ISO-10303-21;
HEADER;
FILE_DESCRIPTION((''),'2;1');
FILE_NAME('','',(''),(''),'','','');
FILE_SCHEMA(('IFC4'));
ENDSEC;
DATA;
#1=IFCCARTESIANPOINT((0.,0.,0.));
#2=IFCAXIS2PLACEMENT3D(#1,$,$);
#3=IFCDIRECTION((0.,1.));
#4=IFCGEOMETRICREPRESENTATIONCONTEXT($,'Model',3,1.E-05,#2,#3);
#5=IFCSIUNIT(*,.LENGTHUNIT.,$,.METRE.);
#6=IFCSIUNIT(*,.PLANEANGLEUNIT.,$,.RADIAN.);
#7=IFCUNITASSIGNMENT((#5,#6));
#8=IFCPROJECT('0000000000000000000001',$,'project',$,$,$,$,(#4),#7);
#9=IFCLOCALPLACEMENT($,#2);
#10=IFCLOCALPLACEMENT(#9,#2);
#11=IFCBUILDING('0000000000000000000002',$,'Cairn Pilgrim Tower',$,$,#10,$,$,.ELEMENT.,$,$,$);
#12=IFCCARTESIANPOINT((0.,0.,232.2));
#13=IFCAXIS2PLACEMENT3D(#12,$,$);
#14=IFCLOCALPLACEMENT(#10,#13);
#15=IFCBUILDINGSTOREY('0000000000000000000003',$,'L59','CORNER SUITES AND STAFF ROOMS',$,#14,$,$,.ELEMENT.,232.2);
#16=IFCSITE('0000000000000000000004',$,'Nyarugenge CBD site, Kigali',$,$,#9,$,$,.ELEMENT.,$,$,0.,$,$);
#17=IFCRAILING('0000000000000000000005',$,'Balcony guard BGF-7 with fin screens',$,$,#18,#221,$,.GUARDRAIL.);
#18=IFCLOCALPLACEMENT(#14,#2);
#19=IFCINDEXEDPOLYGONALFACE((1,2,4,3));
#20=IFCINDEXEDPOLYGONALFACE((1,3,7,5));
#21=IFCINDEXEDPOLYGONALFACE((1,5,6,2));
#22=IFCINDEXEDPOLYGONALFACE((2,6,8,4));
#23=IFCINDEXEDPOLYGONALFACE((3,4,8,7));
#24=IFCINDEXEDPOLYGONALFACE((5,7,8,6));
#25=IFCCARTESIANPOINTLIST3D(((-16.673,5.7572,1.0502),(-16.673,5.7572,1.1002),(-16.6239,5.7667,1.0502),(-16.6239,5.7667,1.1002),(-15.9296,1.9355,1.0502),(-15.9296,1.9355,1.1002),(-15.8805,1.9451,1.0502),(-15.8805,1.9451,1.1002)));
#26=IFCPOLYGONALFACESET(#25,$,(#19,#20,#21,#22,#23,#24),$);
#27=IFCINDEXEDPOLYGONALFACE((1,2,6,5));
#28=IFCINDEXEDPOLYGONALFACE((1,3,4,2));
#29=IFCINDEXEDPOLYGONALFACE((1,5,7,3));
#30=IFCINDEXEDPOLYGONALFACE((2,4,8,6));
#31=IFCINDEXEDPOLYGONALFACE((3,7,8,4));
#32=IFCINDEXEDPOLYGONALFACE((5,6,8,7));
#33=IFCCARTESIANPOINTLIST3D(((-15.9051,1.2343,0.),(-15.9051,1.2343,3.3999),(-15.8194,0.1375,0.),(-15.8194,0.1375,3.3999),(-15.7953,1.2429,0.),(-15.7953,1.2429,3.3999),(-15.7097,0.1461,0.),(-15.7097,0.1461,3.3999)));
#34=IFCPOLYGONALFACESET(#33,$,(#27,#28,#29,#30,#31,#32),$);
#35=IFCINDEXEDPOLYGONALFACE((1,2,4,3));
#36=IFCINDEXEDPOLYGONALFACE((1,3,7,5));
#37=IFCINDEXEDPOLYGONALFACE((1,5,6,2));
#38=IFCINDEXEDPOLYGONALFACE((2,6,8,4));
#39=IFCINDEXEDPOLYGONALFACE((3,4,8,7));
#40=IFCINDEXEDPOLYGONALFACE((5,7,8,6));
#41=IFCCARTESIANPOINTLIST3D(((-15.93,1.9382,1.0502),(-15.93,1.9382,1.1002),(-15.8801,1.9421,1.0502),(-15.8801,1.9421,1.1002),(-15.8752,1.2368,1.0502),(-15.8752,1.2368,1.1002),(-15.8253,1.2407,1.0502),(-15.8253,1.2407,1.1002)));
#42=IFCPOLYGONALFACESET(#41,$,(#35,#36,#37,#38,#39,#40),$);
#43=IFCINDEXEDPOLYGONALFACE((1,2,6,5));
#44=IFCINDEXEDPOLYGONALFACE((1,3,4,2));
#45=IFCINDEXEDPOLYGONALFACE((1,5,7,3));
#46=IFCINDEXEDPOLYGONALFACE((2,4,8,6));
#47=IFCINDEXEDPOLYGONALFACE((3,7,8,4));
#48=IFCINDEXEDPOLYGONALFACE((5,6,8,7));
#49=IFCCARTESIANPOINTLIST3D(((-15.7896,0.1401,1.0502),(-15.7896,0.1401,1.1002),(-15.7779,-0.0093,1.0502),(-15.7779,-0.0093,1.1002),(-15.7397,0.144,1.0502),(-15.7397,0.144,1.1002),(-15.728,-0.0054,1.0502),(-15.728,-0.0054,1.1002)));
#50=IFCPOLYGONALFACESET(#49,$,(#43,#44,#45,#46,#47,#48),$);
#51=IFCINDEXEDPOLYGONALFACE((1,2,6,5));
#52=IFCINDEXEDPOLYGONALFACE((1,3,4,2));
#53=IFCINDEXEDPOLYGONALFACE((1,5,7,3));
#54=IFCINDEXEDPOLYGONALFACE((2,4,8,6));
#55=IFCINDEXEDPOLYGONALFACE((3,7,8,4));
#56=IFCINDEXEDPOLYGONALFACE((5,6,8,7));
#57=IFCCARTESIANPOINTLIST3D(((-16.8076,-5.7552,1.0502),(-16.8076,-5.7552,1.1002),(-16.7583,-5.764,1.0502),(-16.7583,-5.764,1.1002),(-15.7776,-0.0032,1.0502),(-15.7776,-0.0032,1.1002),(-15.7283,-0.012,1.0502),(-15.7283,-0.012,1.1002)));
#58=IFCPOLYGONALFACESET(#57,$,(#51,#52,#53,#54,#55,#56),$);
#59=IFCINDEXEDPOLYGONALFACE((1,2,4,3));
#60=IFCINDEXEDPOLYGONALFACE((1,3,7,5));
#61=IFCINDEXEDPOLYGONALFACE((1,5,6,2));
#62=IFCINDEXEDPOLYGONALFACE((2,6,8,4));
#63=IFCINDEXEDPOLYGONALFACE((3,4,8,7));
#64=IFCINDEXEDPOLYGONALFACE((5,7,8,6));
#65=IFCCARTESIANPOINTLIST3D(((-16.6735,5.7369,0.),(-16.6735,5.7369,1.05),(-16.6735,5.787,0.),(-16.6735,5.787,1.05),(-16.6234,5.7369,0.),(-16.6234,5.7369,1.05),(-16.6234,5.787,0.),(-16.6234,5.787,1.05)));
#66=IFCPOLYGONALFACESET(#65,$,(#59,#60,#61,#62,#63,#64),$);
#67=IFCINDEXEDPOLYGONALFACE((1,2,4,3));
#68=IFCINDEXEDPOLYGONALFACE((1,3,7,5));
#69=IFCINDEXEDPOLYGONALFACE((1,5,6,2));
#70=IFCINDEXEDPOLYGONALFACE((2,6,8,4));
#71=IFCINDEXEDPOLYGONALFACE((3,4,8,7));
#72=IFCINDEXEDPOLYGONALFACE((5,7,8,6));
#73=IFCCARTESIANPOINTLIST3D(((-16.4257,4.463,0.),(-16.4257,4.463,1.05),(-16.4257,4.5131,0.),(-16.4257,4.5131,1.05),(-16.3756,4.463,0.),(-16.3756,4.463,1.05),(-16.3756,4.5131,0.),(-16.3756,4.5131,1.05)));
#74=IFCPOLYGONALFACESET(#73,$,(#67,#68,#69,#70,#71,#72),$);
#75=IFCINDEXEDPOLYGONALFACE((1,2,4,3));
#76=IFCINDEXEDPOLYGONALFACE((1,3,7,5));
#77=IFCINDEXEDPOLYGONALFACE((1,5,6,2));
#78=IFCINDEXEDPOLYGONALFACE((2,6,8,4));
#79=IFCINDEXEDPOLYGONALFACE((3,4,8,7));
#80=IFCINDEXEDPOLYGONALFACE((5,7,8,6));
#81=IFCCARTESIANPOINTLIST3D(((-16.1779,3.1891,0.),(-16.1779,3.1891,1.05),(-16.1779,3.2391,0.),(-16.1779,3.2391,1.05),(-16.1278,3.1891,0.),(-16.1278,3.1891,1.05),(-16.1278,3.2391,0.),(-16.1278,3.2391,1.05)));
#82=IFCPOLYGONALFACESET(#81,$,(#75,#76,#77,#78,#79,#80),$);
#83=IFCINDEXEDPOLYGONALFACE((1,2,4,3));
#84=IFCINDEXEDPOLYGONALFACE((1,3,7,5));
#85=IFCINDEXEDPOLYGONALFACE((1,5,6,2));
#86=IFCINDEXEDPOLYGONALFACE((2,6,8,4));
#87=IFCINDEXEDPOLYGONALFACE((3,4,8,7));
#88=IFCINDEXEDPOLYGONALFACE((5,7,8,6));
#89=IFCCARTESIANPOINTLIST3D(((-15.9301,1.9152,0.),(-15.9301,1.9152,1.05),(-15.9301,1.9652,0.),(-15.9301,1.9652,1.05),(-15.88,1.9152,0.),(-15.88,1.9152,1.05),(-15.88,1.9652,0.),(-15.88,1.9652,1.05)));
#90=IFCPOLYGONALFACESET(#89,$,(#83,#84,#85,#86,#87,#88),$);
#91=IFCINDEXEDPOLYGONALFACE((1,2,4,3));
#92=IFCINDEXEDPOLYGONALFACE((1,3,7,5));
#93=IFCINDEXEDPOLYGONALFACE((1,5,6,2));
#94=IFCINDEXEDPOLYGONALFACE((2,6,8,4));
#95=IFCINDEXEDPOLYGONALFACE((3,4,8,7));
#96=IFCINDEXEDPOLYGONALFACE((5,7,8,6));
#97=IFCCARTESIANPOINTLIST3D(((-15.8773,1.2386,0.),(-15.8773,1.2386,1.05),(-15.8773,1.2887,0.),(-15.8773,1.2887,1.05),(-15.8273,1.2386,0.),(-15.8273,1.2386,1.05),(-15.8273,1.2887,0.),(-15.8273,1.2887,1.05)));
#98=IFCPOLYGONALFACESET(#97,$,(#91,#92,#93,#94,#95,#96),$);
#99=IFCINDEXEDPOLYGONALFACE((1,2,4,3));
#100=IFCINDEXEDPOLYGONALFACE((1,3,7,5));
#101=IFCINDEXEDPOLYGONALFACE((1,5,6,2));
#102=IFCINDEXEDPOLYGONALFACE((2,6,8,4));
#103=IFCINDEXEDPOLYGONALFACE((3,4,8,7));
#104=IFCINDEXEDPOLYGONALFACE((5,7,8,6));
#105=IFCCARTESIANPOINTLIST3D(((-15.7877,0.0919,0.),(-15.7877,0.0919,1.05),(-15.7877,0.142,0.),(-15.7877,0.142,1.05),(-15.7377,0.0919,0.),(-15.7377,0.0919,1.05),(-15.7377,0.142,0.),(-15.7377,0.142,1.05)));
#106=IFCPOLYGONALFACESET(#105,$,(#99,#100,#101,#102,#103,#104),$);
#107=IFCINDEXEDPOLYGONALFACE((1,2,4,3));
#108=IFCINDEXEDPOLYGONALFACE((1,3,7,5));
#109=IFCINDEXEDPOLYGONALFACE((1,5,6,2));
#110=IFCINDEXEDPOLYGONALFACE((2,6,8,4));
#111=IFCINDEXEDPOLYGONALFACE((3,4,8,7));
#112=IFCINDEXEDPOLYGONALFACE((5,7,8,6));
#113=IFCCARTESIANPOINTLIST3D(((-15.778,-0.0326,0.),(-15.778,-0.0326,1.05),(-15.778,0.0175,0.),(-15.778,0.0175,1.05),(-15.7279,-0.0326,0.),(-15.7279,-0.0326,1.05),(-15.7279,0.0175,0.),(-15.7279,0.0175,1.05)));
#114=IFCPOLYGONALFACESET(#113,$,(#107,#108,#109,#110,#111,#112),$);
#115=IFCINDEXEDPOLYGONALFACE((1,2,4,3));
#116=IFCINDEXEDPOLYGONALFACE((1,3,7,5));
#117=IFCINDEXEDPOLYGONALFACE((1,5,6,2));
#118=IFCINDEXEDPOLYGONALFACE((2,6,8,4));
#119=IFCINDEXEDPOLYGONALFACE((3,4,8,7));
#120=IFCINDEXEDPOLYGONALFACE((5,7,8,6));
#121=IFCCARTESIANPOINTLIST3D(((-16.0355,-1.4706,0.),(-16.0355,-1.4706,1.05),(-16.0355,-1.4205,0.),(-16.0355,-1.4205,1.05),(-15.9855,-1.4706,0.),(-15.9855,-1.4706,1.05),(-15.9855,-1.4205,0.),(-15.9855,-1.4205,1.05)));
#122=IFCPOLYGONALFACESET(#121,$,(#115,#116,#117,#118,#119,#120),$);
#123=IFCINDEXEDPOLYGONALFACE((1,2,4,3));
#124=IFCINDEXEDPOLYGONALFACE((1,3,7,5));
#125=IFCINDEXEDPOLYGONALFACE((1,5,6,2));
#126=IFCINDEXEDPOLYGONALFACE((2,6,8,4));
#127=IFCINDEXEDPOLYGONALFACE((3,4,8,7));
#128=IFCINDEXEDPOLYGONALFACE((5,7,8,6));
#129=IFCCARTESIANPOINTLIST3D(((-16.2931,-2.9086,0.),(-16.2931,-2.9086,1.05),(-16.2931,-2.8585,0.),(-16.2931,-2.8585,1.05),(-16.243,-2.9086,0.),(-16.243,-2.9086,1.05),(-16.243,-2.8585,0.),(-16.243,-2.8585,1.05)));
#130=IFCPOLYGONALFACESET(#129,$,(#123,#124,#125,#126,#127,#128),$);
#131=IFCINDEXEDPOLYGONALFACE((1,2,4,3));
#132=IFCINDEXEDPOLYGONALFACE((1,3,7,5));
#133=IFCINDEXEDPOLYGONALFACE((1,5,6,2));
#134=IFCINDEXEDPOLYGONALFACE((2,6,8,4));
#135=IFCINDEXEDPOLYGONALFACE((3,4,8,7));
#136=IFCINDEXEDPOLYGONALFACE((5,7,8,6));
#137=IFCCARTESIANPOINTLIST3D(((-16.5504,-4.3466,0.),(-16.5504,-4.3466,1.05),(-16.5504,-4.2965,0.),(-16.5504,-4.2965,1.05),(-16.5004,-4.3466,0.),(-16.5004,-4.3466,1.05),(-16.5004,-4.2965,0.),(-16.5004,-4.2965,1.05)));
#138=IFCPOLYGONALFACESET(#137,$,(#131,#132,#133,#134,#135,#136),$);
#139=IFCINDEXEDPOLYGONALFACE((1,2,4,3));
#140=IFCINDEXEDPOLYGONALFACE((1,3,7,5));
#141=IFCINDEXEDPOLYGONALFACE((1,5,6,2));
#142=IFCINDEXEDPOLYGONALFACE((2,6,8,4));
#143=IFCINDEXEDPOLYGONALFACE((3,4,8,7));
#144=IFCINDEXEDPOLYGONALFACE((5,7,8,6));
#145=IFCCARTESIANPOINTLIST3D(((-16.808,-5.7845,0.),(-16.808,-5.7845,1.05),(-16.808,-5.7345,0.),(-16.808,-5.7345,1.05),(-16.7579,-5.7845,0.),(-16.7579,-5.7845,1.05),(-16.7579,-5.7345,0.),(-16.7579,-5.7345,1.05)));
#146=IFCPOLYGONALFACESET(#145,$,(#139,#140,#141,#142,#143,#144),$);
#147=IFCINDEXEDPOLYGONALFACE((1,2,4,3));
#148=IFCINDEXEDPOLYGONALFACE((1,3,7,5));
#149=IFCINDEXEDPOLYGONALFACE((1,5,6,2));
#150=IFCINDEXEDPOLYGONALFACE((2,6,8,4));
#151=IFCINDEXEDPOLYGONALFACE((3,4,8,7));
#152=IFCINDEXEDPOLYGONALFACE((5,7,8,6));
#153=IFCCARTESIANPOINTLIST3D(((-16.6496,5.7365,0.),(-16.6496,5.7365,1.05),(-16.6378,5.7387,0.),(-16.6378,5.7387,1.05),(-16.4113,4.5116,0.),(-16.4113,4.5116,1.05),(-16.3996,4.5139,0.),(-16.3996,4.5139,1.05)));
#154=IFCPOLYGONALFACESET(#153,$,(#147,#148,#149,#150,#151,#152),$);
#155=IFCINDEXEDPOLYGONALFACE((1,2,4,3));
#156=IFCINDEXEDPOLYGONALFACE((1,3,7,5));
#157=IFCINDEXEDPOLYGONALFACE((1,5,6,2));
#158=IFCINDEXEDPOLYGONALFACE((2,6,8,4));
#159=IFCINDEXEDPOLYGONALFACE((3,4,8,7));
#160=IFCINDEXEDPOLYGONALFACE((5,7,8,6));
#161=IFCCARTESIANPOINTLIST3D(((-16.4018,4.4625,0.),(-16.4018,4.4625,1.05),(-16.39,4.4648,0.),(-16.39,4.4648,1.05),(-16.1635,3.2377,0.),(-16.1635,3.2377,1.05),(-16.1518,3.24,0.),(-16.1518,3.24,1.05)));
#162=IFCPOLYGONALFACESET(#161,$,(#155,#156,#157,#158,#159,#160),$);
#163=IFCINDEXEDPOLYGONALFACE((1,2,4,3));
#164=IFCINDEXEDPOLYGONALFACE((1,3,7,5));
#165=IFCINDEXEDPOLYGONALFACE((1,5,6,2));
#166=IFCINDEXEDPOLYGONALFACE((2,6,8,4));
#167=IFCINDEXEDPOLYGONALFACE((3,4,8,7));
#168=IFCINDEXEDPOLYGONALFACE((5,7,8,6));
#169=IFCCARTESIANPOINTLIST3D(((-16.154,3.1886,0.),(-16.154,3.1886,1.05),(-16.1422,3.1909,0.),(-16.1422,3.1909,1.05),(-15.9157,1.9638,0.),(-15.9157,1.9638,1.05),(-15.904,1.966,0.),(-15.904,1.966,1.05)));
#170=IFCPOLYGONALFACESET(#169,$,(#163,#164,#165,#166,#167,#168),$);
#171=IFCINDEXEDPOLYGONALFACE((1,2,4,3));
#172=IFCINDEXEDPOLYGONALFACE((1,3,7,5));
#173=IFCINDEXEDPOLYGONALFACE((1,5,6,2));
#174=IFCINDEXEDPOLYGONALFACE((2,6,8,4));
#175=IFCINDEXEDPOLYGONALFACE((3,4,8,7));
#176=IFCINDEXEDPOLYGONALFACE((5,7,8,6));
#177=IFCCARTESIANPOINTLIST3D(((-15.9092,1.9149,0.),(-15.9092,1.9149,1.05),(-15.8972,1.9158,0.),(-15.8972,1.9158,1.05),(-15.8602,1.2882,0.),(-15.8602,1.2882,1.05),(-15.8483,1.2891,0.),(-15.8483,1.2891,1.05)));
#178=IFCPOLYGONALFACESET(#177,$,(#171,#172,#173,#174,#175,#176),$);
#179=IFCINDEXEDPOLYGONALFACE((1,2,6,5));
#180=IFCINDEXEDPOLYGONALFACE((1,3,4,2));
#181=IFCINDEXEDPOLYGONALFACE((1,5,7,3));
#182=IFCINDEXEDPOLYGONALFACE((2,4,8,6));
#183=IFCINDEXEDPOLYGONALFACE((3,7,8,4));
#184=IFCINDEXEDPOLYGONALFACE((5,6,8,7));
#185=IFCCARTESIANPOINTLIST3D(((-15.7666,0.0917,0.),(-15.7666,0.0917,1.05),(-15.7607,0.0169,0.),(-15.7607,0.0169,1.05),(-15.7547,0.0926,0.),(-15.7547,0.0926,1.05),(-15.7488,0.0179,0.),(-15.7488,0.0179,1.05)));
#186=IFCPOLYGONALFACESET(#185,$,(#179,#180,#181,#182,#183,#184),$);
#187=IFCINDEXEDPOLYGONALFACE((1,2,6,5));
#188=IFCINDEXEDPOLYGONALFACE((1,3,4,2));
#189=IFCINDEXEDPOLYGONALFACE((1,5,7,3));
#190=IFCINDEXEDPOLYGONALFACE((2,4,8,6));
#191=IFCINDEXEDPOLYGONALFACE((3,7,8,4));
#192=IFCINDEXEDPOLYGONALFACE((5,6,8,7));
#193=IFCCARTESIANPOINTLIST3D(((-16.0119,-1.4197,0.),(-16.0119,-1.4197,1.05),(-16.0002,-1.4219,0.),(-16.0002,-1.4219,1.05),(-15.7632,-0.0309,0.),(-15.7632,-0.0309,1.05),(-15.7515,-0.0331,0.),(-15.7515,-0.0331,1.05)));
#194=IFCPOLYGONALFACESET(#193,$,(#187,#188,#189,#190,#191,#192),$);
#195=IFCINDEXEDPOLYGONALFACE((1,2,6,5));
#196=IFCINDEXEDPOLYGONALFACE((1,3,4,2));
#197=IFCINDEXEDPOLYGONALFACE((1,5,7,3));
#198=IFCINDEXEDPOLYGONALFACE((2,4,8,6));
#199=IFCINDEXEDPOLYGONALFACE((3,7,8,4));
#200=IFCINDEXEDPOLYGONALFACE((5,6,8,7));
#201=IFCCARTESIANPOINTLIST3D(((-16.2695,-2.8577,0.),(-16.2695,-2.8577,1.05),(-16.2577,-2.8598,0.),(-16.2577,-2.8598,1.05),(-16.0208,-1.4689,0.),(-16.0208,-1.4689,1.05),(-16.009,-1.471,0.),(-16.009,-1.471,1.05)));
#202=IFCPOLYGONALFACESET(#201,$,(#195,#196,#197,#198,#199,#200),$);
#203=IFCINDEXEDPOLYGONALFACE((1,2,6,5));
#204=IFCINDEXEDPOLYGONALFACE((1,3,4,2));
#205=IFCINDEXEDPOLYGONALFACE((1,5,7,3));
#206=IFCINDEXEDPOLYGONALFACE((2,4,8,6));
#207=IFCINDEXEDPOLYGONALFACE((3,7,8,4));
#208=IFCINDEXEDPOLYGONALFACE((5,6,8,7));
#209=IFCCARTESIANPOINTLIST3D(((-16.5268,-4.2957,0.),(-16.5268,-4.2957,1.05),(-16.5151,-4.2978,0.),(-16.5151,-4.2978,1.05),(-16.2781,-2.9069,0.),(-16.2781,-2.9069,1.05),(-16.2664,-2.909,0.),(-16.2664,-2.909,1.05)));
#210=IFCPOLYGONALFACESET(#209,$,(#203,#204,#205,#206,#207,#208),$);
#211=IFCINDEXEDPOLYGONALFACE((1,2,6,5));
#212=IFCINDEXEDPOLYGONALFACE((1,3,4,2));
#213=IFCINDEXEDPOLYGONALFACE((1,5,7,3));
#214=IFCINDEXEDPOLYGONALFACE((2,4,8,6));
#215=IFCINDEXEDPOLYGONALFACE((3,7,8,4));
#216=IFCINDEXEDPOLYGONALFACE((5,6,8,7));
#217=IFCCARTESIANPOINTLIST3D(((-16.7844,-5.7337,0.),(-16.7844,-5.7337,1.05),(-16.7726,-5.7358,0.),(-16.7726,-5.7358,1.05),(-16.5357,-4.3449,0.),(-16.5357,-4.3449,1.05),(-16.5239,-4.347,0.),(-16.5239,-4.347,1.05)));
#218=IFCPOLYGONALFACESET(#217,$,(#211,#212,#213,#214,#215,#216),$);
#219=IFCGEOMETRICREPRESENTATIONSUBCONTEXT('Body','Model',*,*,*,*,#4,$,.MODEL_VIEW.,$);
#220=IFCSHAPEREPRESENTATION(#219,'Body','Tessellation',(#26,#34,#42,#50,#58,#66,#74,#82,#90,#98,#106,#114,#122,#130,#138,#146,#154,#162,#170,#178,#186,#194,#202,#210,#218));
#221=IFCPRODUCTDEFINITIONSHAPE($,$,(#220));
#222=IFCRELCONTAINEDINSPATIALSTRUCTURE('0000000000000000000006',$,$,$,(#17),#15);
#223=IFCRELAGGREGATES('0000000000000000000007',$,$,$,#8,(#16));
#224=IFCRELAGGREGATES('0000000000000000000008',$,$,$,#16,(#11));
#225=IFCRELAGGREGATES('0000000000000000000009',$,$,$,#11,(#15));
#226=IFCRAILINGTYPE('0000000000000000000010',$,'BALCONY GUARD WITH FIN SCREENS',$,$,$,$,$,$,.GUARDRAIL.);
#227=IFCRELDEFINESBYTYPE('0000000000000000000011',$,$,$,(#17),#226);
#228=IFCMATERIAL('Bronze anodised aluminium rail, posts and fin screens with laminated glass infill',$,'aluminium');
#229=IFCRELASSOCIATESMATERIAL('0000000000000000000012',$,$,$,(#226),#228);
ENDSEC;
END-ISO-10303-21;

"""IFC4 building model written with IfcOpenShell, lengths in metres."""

from ifc_helpers import new_model, si_unit, direction, frame, origin, origin_2d, place, context, subcontext, project, spatial, polyline, rectangle, outline, extrude, material, type_object, element, save


model = new_model("IFC4")

# Units and contexts
model_context = context("Model", 3, precision=1e-05, world=origin(), true_north=direction((0.0, 1.0)))
body_context = subcontext(model_context, "Body", "Model", "MODEL_VIEW")
ifc_project = project(units=[si_unit("LENGTHUNIT", "METRE"), si_unit("PLANEANGLEUNIT", "RADIAN")], contexts=[model_context])

# Site, building, storey
site_placement = place(None, origin())
site = spatial("IfcSite", under=ifc_project, at=site_placement, Name="Nyarugenge CBD site, Kigali", CompositionType="ELEMENT", RefElevation=0.0)
building_placement = place(site_placement, origin())
building = spatial("IfcBuilding", under=site, at=building_placement, Name="Cairn Pilgrim Tower", CompositionType="ELEMENT")
storey_placement = place(building_placement, frame((0.0, 0.0, 232.2)))
storey = spatial("IfcBuildingStorey", under=building, at=storey_placement, Name="L59", Description="CORNER SUITES AND STAFF ROOMS", CompositionType="ELEMENT", Elevation=232.2)

# Railing
ifc_material_1 = material(Name="Bronze anodised aluminium rail, posts and fin screens with laminated glass infill", Category="aluminium")
railing_type = type_object("IfcRailingType", Name="BALCONY GUARD WITH FIN SCREENS", PredefinedType="GUARDRAIL", material=ifc_material_1)
railing_placement = place(storey_placement, frame((-16.6484, 5.762, 0.0)))
element("IfcRailing", 1, at=railing_placement, inside=storey, type_object=railing_type, Name="Balcony guard BGF-7 with fin screens", PredefinedType="GUARDRAIL", context=body_context, shape_type="SweptSolid", body=[
    extrude(rectangle(XDim=0.05, YDim=0.05, at=origin_2d()), frame((0.0, 0.0, 1.0752), z_axis=(0.19094, -0.981602, 0.0), x_axis=(0.981602, 0.19094, 0.0)), (0.0, 0.0, 1.0), 3.8933),
    extrude(rectangle(XDim=1.1001, YDim=0.1101, at=origin_2d()), frame((0.8411, -5.0718, 0.0), z_axis=(0.0, 0.0, 1.0), x_axis=(0.077853, -0.996965, 0.0)), (0.0, 0.0, 1.0), 3.3999),
    extrude(rectangle(XDim=0.05, YDim=0.05, at=origin_2d()), frame((0.7434, -3.8218, 1.0752), z_axis=(0.077853, -0.996965, 0.0), x_axis=(0.996965, 0.077853, 0.0)), (0.0, 0.0, 1.0), 0.7036),
    extrude(rectangle(XDim=0.05, YDim=0.05, at=origin_2d()), frame((0.8838, -5.6199, 1.0752), z_axis=(0.077853, -0.996965, 0.0), x_axis=(0.996965, 0.077853, 0.0)), (0.0, 0.0, 1.0), 0.1499),
    extrude(rectangle(XDim=0.05, YDim=0.05, at=origin_2d()), frame((0.8955, -5.7695, 1.0752), z_axis=(-0.176271, -0.984342, 0.0), x_axis=(0.984342, -0.176271, 0.0)), (0.0, 0.0, 1.0), 5.8435),
    extrude(rectangle(XDim=0.05, YDim=0.05, at=origin_2d()), origin(), (0.0, 0.0, 1.0), 1.05),
    extrude(rectangle(XDim=0.05, YDim=0.05, at=origin_2d()), frame((0.2478, -1.2739, 0.0)), (0.0, 0.0, 1.0), 1.05),
    extrude(rectangle(XDim=0.05, YDim=0.05, at=origin_2d()), frame((0.4956, -2.5479, 0.0)), (0.0, 0.0, 1.0), 1.05),
    extrude(rectangle(XDim=0.05, YDim=0.05, at=origin_2d()), frame((0.7434, -3.8218, 0.0)), (0.0, 0.0, 1.0), 1.05),
    extrude(rectangle(XDim=0.05, YDim=0.05, at=origin_2d()), frame((0.7961, -4.4983, 0.0)), (0.0, 0.0, 1.0), 1.05),
    extrude(rectangle(XDim=0.05, YDim=0.05, at=origin_2d()), frame((0.8857, -5.645, 0.0)), (0.0, 0.0, 1.0), 1.05),
    extrude(rectangle(XDim=0.05, YDim=0.05, at=origin_2d()), frame((0.8955, -5.7695, 0.0)), (0.0, 0.0, 1.0), 1.05),
    extrude(rectangle(XDim=0.05, YDim=0.05, at=origin_2d()), frame((0.6379, -7.2075, 0.0)), (0.0, 0.0, 1.0), 1.05),
    extrude(rectangle(XDim=0.05, YDim=0.05, at=origin_2d()), frame((0.3804, -8.6455, 0.0)), (0.0, 0.0, 1.0), 1.05),
    extrude(rectangle(XDim=0.05, YDim=0.05, at=origin_2d()), frame((0.123, -10.0835, 0.0)), (0.0, 0.0, 1.0), 1.05),
    extrude(rectangle(XDim=0.05, YDim=0.05, at=origin_2d()), frame((-0.1345, -11.5215, 0.0)), (0.0, 0.0, 1.0), 1.05),
    extrude(outline(polyline([(0.0249, 0.0), (1.2727, 0.0), (1.2727, 1.05), (0.0249, 1.05), (0.0249, 0.0)])), frame((0.0059, 0.0012, 0.0), z_axis=(-0.981602, -0.19094, 0.0), x_axis=(0.19094, -0.981602, 0.0)), (0.0, 0.0, 1.0), 0.012),
    extrude(outline(polyline([(0.0249, 0.0), (1.2727, 0.0), (1.2727, 1.05), (0.0249, 1.05), (0.0249, 0.0)])), frame((0.2537, -1.2727, 0.0), z_axis=(-0.981602, -0.19094, 0.0), x_axis=(0.19094, -0.981602, 0.0)), (0.0, 0.0, 1.0), 0.012),
    extrude(outline(polyline([(0.0249, 0.0), (1.2727, 0.0), (1.2727, 1.05), (0.0249, 1.05), (0.0249, 0.0)])), frame((0.5015, -2.5466, 0.0), z_axis=(-0.981602, -0.19094, 0.0), x_axis=(0.19094, -0.981602, 0.0)), (0.0, 0.0, 1.0), 0.012),
    extrude(outline(polyline([(0.0249, 0.0), (0.6536, 0.0), (0.6536, 1.05), (0.0249, 1.05), (0.0249, 0.0)])), frame((0.7493, -3.8213, 0.0), z_axis=(-0.996965, -0.077853, 0.0), x_axis=(0.077853, -0.996965, 0.0)), (0.0, 0.0, 1.0), 0.012),
    extrude(outline(polyline([(0.0249, 0.0), (0.0999, 0.0), (0.0999, 1.05), (0.0249, 1.05), (0.0249, 0.0)])), frame((0.8918, -5.6445, 0.0), z_axis=(-0.996965, -0.077853, 0.0), x_axis=(0.077853, -0.996965, 0.0)), (0.0, 0.0, 1.0), 0.012),
    extrude(outline(polyline([(0.0249, 0.0), (1.4358, 0.0), (1.4358, 1.05), (0.0249, 1.05), (0.0249, 0.0)])), frame((0.9014, -5.7705, 0.0), z_axis=(-0.984342, 0.176271, 0.0), x_axis=(-0.176271, -0.984342, 0.0)), (0.0, 0.0, 1.0), 0.012),
    extrude(outline(polyline([(0.0249, 0.0), (1.4358, 0.0), (1.4358, 1.05), (0.0249, 1.05), (0.0249, 0.0)])), frame((0.6438, -7.2085, 0.0), z_axis=(-0.984342, 0.176271, 0.0), x_axis=(-0.176271, -0.984342, 0.0)), (0.0, 0.0, 1.0), 0.012),
    extrude(outline(polyline([(0.0249, 0.0), (1.4358, 0.0), (1.4358, 1.05), (0.0249, 1.05), (0.0249, 0.0)])), frame((0.3865, -8.6465, 0.0), z_axis=(-0.984342, 0.176271, 0.0), x_axis=(-0.176271, -0.984342, 0.0)), (0.0, 0.0, 1.0), 0.012),
    extrude(outline(polyline([(0.0249, 0.0), (1.4358, 0.0), (1.4358, 1.05), (0.0249, 1.05), (0.0249, 0.0)])), frame((0.1289, -10.0845, 0.0), z_axis=(-0.984342, 0.176271, 0.0), x_axis=(-0.176271, -0.984342, 0.0)), (0.0, 0.0, 1.0), 0.012),
])

save(model, "model.ifc")
